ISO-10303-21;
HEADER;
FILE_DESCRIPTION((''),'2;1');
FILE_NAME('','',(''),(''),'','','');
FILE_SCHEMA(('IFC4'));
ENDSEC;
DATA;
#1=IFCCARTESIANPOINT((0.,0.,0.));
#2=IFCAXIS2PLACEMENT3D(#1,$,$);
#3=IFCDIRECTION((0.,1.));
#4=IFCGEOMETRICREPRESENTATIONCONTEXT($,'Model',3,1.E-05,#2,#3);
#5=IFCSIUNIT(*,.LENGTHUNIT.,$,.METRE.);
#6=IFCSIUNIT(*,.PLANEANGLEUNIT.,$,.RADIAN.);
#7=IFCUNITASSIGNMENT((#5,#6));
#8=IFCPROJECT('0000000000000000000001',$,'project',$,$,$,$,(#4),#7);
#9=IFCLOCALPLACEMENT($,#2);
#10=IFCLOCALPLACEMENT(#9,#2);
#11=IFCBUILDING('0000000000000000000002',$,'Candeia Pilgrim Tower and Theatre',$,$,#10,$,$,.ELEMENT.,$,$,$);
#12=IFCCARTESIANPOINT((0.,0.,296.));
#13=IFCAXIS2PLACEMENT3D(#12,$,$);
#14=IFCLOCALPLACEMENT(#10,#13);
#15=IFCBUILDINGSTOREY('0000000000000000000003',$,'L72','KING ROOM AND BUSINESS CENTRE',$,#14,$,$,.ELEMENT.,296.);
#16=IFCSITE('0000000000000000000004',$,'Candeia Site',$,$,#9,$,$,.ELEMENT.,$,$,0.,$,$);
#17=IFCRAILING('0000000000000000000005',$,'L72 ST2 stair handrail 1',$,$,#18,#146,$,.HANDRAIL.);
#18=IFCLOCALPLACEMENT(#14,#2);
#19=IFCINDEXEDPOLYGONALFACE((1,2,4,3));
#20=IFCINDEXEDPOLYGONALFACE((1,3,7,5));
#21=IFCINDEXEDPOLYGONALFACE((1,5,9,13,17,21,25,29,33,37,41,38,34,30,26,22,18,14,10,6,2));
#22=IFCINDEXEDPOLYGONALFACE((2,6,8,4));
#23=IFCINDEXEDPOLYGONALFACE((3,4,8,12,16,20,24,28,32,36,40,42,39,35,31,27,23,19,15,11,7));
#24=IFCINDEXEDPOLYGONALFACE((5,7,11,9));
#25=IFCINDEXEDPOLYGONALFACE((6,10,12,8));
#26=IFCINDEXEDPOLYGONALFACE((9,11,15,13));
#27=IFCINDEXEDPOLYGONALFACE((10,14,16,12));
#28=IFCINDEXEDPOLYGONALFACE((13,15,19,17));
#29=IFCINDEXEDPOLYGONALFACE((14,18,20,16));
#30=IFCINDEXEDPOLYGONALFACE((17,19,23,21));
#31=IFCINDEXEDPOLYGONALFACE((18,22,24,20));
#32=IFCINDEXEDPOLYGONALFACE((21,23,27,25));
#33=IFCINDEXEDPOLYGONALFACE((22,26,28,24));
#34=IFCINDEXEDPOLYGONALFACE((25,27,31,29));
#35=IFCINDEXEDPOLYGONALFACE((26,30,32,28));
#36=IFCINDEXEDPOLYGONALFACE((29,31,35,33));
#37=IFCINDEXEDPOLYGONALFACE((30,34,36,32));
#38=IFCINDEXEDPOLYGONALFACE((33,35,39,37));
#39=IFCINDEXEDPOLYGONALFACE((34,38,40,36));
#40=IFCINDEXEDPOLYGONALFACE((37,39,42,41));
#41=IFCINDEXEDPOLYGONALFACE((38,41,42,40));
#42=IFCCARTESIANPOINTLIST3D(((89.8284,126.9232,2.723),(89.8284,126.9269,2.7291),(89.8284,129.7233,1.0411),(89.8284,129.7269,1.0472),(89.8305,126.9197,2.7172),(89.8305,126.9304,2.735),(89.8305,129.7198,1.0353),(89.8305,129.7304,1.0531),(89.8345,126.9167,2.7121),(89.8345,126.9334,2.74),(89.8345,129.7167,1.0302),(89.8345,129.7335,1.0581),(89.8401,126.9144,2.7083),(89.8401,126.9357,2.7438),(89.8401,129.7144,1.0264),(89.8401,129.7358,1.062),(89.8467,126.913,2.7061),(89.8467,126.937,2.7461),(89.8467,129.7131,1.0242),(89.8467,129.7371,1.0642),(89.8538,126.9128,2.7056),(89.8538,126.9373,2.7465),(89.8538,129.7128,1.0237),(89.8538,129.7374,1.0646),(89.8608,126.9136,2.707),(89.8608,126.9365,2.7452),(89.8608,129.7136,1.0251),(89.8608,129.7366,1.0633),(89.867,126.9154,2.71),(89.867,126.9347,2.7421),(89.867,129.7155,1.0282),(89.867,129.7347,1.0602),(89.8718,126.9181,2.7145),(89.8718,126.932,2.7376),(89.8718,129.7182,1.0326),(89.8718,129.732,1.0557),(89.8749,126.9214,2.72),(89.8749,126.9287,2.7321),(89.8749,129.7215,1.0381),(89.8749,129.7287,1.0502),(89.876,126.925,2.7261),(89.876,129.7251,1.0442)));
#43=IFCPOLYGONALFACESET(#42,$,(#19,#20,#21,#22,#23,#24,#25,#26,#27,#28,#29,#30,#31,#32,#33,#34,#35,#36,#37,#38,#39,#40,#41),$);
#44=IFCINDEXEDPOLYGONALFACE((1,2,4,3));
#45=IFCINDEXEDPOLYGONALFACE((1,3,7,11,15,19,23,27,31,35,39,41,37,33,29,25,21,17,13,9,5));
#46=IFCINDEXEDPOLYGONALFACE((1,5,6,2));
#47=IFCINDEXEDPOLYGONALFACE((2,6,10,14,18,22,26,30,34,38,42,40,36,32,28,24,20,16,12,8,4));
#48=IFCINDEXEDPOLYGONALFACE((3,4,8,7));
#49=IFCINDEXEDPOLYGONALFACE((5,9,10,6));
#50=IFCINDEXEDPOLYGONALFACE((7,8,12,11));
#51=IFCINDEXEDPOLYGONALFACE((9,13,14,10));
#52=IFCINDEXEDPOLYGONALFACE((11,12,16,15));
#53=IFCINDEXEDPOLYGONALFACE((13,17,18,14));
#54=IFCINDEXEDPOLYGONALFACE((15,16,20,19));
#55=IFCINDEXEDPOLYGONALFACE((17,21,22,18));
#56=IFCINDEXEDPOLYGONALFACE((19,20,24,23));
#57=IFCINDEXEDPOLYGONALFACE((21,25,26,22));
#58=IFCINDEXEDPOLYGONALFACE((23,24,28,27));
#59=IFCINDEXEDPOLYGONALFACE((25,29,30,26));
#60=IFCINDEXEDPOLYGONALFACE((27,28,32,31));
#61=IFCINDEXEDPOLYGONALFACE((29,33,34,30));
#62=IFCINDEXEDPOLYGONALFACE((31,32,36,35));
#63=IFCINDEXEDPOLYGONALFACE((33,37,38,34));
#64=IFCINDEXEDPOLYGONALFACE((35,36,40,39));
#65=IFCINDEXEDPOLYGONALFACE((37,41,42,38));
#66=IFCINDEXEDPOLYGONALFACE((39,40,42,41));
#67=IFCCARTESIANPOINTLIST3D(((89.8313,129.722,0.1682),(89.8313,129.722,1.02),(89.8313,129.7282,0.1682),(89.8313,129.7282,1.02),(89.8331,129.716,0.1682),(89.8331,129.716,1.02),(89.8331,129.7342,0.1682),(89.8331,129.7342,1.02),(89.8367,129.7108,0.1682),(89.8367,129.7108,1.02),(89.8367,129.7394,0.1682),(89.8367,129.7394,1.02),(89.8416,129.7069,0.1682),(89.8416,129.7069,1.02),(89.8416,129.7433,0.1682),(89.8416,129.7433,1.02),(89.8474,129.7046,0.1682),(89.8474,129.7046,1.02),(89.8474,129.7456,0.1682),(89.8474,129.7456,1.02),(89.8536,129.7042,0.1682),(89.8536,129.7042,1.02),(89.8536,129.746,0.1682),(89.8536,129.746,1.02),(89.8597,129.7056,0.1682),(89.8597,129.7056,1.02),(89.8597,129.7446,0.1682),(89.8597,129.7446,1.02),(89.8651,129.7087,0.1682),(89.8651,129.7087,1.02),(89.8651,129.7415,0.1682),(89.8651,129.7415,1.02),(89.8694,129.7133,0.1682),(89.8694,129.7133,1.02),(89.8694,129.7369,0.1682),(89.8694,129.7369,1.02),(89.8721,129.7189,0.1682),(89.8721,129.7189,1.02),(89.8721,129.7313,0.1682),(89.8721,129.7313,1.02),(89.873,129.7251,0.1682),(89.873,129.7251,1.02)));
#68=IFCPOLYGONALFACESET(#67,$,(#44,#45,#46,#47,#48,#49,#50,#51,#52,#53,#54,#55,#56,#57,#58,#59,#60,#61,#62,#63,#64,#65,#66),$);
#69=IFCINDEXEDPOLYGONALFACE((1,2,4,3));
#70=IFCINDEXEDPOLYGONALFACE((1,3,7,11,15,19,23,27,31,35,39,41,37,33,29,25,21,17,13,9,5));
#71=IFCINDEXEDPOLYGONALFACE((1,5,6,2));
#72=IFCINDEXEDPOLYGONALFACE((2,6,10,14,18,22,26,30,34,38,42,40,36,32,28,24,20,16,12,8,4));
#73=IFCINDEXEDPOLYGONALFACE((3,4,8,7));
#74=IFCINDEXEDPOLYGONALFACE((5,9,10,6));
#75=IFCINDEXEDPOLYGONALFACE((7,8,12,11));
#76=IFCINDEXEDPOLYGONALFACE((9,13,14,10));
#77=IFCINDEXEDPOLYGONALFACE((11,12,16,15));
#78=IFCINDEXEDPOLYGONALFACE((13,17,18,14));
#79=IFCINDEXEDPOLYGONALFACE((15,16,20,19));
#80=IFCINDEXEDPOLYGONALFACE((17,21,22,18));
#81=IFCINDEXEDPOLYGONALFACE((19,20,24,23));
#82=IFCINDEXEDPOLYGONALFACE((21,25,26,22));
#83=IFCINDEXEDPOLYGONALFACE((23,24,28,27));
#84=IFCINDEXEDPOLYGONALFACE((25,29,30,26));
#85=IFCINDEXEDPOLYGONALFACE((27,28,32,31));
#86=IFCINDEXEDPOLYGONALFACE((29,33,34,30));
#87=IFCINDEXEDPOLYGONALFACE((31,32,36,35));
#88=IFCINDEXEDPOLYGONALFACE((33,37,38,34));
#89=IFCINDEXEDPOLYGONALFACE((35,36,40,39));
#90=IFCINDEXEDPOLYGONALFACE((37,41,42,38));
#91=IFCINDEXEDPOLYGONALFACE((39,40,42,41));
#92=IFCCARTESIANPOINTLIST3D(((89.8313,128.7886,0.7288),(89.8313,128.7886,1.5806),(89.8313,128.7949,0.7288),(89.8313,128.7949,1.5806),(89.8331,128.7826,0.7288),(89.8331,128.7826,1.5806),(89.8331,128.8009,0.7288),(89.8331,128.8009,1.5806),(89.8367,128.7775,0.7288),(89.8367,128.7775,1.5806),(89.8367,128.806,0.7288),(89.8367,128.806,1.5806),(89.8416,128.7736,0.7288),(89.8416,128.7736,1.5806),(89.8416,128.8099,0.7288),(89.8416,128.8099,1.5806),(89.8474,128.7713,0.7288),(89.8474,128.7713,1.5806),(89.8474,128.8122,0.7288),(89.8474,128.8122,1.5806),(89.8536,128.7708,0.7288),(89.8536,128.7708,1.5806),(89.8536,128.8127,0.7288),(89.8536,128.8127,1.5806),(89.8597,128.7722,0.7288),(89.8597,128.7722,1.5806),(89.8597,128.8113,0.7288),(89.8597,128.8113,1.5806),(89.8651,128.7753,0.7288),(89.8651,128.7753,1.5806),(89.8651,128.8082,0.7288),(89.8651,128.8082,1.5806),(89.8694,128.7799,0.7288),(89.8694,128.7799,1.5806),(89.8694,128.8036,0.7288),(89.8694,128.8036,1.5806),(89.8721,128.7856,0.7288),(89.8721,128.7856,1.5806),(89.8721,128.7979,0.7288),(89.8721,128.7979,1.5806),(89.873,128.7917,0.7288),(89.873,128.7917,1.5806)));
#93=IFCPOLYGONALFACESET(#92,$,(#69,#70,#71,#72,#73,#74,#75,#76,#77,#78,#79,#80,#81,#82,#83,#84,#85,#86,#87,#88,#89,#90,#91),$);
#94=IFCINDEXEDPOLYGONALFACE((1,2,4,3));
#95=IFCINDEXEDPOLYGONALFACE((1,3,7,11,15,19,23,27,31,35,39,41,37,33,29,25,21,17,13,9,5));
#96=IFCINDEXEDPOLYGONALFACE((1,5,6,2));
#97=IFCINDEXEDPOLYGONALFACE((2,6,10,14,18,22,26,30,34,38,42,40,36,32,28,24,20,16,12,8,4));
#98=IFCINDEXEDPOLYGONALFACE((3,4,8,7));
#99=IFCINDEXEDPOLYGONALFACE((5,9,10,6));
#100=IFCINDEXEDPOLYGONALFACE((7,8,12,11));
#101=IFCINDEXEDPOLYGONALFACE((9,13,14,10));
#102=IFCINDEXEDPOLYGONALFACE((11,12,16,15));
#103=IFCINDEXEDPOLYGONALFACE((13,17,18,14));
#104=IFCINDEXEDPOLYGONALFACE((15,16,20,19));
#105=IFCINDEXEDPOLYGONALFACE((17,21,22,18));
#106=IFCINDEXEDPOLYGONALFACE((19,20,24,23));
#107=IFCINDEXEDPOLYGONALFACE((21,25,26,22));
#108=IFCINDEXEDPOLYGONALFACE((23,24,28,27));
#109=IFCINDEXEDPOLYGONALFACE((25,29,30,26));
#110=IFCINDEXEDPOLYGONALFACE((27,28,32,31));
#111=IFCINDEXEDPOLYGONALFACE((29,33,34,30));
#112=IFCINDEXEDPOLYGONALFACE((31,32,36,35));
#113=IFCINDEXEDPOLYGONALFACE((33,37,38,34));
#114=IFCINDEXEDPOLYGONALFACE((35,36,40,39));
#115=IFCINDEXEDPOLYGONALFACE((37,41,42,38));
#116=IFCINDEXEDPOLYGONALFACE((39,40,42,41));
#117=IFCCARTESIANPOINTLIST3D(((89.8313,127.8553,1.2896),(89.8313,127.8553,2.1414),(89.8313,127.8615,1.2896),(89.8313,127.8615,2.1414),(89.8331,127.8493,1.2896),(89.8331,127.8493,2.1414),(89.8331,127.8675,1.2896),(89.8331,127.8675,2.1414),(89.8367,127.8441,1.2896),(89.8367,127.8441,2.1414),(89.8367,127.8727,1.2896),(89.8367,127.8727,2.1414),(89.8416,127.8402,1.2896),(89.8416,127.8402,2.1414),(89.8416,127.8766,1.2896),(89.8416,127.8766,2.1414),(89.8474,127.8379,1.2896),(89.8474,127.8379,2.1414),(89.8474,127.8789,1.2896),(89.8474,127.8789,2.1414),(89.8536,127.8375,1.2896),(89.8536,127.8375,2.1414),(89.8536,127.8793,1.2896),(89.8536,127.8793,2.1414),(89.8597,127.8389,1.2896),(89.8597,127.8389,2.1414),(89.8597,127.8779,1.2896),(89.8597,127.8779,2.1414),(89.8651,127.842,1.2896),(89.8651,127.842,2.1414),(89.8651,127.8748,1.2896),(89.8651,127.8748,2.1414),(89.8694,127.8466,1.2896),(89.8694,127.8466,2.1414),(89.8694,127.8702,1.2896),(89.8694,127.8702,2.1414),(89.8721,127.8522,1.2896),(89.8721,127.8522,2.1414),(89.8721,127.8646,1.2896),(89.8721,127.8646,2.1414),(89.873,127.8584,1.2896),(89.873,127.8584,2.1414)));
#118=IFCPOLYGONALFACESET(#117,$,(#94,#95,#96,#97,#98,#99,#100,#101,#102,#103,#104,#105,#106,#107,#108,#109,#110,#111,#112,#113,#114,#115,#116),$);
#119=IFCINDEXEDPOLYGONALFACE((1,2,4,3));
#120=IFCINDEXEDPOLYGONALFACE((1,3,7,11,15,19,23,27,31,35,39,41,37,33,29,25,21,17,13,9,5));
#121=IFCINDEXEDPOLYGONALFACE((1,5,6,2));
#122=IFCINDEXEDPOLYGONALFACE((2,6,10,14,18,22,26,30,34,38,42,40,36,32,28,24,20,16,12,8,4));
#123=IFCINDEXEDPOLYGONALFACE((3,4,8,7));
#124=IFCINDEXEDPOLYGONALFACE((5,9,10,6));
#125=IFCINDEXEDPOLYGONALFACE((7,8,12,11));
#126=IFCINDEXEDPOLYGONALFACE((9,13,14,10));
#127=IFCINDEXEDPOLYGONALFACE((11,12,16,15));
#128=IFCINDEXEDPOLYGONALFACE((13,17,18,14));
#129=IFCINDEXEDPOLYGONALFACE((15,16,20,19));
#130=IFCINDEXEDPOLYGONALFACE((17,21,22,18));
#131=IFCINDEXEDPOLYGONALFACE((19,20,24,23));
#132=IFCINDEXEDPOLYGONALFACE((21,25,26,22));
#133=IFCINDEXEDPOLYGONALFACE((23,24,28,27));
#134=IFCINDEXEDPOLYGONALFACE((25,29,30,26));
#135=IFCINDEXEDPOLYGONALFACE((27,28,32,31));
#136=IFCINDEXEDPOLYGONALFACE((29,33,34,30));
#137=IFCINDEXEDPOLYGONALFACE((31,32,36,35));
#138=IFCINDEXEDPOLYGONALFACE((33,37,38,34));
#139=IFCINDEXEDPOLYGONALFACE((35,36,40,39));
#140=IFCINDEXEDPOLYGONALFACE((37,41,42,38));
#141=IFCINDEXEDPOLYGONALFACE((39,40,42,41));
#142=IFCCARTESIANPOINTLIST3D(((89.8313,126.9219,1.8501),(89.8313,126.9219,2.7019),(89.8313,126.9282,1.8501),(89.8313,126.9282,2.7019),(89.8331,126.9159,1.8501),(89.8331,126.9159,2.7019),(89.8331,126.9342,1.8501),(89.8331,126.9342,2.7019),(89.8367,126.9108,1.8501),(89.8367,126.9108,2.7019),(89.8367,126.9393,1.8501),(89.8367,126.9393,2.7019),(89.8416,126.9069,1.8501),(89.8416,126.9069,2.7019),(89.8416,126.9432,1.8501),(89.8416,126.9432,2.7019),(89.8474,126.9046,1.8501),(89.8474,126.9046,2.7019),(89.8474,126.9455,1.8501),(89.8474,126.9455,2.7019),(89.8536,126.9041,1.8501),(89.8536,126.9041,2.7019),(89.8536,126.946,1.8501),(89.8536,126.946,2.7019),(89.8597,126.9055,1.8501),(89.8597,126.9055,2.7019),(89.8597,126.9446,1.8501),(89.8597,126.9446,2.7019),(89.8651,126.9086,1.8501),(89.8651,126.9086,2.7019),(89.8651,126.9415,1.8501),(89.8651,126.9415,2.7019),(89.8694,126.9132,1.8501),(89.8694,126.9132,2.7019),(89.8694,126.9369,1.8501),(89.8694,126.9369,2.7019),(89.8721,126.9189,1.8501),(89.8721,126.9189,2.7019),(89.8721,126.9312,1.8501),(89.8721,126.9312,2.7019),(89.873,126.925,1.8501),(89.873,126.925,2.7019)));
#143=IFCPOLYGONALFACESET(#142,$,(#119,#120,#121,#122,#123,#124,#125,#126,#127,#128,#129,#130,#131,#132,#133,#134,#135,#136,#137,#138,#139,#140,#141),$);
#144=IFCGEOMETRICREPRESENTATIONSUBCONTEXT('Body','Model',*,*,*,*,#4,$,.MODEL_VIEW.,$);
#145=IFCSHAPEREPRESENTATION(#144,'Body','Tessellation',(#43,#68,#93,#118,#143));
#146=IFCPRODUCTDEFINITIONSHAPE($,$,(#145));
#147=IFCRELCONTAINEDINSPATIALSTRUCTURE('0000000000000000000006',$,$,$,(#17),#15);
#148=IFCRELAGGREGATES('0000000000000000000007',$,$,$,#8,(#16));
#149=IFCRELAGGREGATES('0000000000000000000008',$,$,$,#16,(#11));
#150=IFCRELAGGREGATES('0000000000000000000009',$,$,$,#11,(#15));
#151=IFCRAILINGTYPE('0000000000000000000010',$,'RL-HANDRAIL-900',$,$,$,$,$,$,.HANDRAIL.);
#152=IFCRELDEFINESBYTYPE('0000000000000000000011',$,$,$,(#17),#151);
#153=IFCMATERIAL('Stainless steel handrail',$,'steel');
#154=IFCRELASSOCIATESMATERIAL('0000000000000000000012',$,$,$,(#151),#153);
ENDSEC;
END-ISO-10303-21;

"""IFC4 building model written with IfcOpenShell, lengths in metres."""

from ifc_helpers import new_model, si_unit, direction, frame, origin, origin_2d, place, context, subcontext, project, spatial, circle, extrude, material, type_object, element, save


model = new_model("IFC4")

# Units and contexts
model_context = context("Model", 3, precision=1e-05, world=origin(), true_north=direction((0.0, 1.0)))
body_context = subcontext(model_context, "Body", "Model", "MODEL_VIEW")
ifc_project = project(units=[si_unit("LENGTHUNIT", "METRE"), si_unit("PLANEANGLEUNIT", "RADIAN")], contexts=[model_context])

# Site, building, storey
site_placement = place(None, origin())
site = spatial("IfcSite", under=ifc_project, at=site_placement, Name="Candeia Site", CompositionType="ELEMENT", RefElevation=0.0)
building_placement = place(site_placement, origin())
building = spatial("IfcBuilding", under=site, at=building_placement, Name="Candeia Pilgrim Tower and Theatre", CompositionType="ELEMENT")
storey_placement = place(building_placement, frame((0.0, 0.0, 296.0)))
storey = spatial("IfcBuildingStorey", under=building, at=storey_placement, Name="L72", Description="KING ROOM AND BUSINESS CENTRE", CompositionType="ELEMENT", Elevation=296.0)

# Railing
ifc_material_1 = material(Name="Stainless steel handrail", Category="steel")
railing_type_1 = type_object("IfcRailingType", Name="RL-HANDRAIL-900", PredefinedType="HANDRAIL", material=ifc_material_1)
railing_1_placement = place(storey_placement, frame((89.8521, 129.7251, 0.1682)))
element("IfcRailing", 1, at=railing_1_placement, inside=storey, type_object=railing_type_1, Name="L72 ST2 stair handrail 1", PredefinedType="HANDRAIL", context=body_context, shape_type="SweptSolid", body=[
    extrude(circle(Radius=0.0239, at=origin_2d()), frame((0.0, 0.0, 0.876), z_axis=(0.0, -0.857242, 0.514913), x_axis=(1.0, 0.0, 0.0)), (0.0, 0.0, 1.0), 3.2664),
    extrude(circle(Radius=0.021, at=origin_2d()), origin(), (0.0, 0.0, 1.0), 0.8518),
    extrude(circle(Radius=0.021, at=origin_2d()), frame((0.0, -0.9333, 0.5605)), (0.0, 0.0, 1.0), 0.8518),
    extrude(circle(Radius=0.021, at=origin_2d()), frame((0.0, -1.8667, 1.1213)), (0.0, 0.0, 1.0), 0.8518),
    extrude(circle(Radius=0.021, at=origin_2d()), frame((0.0, -2.8, 1.6819)), (0.0, 0.0, 1.0), 0.8518),
])

save(model, "model.ifc")
